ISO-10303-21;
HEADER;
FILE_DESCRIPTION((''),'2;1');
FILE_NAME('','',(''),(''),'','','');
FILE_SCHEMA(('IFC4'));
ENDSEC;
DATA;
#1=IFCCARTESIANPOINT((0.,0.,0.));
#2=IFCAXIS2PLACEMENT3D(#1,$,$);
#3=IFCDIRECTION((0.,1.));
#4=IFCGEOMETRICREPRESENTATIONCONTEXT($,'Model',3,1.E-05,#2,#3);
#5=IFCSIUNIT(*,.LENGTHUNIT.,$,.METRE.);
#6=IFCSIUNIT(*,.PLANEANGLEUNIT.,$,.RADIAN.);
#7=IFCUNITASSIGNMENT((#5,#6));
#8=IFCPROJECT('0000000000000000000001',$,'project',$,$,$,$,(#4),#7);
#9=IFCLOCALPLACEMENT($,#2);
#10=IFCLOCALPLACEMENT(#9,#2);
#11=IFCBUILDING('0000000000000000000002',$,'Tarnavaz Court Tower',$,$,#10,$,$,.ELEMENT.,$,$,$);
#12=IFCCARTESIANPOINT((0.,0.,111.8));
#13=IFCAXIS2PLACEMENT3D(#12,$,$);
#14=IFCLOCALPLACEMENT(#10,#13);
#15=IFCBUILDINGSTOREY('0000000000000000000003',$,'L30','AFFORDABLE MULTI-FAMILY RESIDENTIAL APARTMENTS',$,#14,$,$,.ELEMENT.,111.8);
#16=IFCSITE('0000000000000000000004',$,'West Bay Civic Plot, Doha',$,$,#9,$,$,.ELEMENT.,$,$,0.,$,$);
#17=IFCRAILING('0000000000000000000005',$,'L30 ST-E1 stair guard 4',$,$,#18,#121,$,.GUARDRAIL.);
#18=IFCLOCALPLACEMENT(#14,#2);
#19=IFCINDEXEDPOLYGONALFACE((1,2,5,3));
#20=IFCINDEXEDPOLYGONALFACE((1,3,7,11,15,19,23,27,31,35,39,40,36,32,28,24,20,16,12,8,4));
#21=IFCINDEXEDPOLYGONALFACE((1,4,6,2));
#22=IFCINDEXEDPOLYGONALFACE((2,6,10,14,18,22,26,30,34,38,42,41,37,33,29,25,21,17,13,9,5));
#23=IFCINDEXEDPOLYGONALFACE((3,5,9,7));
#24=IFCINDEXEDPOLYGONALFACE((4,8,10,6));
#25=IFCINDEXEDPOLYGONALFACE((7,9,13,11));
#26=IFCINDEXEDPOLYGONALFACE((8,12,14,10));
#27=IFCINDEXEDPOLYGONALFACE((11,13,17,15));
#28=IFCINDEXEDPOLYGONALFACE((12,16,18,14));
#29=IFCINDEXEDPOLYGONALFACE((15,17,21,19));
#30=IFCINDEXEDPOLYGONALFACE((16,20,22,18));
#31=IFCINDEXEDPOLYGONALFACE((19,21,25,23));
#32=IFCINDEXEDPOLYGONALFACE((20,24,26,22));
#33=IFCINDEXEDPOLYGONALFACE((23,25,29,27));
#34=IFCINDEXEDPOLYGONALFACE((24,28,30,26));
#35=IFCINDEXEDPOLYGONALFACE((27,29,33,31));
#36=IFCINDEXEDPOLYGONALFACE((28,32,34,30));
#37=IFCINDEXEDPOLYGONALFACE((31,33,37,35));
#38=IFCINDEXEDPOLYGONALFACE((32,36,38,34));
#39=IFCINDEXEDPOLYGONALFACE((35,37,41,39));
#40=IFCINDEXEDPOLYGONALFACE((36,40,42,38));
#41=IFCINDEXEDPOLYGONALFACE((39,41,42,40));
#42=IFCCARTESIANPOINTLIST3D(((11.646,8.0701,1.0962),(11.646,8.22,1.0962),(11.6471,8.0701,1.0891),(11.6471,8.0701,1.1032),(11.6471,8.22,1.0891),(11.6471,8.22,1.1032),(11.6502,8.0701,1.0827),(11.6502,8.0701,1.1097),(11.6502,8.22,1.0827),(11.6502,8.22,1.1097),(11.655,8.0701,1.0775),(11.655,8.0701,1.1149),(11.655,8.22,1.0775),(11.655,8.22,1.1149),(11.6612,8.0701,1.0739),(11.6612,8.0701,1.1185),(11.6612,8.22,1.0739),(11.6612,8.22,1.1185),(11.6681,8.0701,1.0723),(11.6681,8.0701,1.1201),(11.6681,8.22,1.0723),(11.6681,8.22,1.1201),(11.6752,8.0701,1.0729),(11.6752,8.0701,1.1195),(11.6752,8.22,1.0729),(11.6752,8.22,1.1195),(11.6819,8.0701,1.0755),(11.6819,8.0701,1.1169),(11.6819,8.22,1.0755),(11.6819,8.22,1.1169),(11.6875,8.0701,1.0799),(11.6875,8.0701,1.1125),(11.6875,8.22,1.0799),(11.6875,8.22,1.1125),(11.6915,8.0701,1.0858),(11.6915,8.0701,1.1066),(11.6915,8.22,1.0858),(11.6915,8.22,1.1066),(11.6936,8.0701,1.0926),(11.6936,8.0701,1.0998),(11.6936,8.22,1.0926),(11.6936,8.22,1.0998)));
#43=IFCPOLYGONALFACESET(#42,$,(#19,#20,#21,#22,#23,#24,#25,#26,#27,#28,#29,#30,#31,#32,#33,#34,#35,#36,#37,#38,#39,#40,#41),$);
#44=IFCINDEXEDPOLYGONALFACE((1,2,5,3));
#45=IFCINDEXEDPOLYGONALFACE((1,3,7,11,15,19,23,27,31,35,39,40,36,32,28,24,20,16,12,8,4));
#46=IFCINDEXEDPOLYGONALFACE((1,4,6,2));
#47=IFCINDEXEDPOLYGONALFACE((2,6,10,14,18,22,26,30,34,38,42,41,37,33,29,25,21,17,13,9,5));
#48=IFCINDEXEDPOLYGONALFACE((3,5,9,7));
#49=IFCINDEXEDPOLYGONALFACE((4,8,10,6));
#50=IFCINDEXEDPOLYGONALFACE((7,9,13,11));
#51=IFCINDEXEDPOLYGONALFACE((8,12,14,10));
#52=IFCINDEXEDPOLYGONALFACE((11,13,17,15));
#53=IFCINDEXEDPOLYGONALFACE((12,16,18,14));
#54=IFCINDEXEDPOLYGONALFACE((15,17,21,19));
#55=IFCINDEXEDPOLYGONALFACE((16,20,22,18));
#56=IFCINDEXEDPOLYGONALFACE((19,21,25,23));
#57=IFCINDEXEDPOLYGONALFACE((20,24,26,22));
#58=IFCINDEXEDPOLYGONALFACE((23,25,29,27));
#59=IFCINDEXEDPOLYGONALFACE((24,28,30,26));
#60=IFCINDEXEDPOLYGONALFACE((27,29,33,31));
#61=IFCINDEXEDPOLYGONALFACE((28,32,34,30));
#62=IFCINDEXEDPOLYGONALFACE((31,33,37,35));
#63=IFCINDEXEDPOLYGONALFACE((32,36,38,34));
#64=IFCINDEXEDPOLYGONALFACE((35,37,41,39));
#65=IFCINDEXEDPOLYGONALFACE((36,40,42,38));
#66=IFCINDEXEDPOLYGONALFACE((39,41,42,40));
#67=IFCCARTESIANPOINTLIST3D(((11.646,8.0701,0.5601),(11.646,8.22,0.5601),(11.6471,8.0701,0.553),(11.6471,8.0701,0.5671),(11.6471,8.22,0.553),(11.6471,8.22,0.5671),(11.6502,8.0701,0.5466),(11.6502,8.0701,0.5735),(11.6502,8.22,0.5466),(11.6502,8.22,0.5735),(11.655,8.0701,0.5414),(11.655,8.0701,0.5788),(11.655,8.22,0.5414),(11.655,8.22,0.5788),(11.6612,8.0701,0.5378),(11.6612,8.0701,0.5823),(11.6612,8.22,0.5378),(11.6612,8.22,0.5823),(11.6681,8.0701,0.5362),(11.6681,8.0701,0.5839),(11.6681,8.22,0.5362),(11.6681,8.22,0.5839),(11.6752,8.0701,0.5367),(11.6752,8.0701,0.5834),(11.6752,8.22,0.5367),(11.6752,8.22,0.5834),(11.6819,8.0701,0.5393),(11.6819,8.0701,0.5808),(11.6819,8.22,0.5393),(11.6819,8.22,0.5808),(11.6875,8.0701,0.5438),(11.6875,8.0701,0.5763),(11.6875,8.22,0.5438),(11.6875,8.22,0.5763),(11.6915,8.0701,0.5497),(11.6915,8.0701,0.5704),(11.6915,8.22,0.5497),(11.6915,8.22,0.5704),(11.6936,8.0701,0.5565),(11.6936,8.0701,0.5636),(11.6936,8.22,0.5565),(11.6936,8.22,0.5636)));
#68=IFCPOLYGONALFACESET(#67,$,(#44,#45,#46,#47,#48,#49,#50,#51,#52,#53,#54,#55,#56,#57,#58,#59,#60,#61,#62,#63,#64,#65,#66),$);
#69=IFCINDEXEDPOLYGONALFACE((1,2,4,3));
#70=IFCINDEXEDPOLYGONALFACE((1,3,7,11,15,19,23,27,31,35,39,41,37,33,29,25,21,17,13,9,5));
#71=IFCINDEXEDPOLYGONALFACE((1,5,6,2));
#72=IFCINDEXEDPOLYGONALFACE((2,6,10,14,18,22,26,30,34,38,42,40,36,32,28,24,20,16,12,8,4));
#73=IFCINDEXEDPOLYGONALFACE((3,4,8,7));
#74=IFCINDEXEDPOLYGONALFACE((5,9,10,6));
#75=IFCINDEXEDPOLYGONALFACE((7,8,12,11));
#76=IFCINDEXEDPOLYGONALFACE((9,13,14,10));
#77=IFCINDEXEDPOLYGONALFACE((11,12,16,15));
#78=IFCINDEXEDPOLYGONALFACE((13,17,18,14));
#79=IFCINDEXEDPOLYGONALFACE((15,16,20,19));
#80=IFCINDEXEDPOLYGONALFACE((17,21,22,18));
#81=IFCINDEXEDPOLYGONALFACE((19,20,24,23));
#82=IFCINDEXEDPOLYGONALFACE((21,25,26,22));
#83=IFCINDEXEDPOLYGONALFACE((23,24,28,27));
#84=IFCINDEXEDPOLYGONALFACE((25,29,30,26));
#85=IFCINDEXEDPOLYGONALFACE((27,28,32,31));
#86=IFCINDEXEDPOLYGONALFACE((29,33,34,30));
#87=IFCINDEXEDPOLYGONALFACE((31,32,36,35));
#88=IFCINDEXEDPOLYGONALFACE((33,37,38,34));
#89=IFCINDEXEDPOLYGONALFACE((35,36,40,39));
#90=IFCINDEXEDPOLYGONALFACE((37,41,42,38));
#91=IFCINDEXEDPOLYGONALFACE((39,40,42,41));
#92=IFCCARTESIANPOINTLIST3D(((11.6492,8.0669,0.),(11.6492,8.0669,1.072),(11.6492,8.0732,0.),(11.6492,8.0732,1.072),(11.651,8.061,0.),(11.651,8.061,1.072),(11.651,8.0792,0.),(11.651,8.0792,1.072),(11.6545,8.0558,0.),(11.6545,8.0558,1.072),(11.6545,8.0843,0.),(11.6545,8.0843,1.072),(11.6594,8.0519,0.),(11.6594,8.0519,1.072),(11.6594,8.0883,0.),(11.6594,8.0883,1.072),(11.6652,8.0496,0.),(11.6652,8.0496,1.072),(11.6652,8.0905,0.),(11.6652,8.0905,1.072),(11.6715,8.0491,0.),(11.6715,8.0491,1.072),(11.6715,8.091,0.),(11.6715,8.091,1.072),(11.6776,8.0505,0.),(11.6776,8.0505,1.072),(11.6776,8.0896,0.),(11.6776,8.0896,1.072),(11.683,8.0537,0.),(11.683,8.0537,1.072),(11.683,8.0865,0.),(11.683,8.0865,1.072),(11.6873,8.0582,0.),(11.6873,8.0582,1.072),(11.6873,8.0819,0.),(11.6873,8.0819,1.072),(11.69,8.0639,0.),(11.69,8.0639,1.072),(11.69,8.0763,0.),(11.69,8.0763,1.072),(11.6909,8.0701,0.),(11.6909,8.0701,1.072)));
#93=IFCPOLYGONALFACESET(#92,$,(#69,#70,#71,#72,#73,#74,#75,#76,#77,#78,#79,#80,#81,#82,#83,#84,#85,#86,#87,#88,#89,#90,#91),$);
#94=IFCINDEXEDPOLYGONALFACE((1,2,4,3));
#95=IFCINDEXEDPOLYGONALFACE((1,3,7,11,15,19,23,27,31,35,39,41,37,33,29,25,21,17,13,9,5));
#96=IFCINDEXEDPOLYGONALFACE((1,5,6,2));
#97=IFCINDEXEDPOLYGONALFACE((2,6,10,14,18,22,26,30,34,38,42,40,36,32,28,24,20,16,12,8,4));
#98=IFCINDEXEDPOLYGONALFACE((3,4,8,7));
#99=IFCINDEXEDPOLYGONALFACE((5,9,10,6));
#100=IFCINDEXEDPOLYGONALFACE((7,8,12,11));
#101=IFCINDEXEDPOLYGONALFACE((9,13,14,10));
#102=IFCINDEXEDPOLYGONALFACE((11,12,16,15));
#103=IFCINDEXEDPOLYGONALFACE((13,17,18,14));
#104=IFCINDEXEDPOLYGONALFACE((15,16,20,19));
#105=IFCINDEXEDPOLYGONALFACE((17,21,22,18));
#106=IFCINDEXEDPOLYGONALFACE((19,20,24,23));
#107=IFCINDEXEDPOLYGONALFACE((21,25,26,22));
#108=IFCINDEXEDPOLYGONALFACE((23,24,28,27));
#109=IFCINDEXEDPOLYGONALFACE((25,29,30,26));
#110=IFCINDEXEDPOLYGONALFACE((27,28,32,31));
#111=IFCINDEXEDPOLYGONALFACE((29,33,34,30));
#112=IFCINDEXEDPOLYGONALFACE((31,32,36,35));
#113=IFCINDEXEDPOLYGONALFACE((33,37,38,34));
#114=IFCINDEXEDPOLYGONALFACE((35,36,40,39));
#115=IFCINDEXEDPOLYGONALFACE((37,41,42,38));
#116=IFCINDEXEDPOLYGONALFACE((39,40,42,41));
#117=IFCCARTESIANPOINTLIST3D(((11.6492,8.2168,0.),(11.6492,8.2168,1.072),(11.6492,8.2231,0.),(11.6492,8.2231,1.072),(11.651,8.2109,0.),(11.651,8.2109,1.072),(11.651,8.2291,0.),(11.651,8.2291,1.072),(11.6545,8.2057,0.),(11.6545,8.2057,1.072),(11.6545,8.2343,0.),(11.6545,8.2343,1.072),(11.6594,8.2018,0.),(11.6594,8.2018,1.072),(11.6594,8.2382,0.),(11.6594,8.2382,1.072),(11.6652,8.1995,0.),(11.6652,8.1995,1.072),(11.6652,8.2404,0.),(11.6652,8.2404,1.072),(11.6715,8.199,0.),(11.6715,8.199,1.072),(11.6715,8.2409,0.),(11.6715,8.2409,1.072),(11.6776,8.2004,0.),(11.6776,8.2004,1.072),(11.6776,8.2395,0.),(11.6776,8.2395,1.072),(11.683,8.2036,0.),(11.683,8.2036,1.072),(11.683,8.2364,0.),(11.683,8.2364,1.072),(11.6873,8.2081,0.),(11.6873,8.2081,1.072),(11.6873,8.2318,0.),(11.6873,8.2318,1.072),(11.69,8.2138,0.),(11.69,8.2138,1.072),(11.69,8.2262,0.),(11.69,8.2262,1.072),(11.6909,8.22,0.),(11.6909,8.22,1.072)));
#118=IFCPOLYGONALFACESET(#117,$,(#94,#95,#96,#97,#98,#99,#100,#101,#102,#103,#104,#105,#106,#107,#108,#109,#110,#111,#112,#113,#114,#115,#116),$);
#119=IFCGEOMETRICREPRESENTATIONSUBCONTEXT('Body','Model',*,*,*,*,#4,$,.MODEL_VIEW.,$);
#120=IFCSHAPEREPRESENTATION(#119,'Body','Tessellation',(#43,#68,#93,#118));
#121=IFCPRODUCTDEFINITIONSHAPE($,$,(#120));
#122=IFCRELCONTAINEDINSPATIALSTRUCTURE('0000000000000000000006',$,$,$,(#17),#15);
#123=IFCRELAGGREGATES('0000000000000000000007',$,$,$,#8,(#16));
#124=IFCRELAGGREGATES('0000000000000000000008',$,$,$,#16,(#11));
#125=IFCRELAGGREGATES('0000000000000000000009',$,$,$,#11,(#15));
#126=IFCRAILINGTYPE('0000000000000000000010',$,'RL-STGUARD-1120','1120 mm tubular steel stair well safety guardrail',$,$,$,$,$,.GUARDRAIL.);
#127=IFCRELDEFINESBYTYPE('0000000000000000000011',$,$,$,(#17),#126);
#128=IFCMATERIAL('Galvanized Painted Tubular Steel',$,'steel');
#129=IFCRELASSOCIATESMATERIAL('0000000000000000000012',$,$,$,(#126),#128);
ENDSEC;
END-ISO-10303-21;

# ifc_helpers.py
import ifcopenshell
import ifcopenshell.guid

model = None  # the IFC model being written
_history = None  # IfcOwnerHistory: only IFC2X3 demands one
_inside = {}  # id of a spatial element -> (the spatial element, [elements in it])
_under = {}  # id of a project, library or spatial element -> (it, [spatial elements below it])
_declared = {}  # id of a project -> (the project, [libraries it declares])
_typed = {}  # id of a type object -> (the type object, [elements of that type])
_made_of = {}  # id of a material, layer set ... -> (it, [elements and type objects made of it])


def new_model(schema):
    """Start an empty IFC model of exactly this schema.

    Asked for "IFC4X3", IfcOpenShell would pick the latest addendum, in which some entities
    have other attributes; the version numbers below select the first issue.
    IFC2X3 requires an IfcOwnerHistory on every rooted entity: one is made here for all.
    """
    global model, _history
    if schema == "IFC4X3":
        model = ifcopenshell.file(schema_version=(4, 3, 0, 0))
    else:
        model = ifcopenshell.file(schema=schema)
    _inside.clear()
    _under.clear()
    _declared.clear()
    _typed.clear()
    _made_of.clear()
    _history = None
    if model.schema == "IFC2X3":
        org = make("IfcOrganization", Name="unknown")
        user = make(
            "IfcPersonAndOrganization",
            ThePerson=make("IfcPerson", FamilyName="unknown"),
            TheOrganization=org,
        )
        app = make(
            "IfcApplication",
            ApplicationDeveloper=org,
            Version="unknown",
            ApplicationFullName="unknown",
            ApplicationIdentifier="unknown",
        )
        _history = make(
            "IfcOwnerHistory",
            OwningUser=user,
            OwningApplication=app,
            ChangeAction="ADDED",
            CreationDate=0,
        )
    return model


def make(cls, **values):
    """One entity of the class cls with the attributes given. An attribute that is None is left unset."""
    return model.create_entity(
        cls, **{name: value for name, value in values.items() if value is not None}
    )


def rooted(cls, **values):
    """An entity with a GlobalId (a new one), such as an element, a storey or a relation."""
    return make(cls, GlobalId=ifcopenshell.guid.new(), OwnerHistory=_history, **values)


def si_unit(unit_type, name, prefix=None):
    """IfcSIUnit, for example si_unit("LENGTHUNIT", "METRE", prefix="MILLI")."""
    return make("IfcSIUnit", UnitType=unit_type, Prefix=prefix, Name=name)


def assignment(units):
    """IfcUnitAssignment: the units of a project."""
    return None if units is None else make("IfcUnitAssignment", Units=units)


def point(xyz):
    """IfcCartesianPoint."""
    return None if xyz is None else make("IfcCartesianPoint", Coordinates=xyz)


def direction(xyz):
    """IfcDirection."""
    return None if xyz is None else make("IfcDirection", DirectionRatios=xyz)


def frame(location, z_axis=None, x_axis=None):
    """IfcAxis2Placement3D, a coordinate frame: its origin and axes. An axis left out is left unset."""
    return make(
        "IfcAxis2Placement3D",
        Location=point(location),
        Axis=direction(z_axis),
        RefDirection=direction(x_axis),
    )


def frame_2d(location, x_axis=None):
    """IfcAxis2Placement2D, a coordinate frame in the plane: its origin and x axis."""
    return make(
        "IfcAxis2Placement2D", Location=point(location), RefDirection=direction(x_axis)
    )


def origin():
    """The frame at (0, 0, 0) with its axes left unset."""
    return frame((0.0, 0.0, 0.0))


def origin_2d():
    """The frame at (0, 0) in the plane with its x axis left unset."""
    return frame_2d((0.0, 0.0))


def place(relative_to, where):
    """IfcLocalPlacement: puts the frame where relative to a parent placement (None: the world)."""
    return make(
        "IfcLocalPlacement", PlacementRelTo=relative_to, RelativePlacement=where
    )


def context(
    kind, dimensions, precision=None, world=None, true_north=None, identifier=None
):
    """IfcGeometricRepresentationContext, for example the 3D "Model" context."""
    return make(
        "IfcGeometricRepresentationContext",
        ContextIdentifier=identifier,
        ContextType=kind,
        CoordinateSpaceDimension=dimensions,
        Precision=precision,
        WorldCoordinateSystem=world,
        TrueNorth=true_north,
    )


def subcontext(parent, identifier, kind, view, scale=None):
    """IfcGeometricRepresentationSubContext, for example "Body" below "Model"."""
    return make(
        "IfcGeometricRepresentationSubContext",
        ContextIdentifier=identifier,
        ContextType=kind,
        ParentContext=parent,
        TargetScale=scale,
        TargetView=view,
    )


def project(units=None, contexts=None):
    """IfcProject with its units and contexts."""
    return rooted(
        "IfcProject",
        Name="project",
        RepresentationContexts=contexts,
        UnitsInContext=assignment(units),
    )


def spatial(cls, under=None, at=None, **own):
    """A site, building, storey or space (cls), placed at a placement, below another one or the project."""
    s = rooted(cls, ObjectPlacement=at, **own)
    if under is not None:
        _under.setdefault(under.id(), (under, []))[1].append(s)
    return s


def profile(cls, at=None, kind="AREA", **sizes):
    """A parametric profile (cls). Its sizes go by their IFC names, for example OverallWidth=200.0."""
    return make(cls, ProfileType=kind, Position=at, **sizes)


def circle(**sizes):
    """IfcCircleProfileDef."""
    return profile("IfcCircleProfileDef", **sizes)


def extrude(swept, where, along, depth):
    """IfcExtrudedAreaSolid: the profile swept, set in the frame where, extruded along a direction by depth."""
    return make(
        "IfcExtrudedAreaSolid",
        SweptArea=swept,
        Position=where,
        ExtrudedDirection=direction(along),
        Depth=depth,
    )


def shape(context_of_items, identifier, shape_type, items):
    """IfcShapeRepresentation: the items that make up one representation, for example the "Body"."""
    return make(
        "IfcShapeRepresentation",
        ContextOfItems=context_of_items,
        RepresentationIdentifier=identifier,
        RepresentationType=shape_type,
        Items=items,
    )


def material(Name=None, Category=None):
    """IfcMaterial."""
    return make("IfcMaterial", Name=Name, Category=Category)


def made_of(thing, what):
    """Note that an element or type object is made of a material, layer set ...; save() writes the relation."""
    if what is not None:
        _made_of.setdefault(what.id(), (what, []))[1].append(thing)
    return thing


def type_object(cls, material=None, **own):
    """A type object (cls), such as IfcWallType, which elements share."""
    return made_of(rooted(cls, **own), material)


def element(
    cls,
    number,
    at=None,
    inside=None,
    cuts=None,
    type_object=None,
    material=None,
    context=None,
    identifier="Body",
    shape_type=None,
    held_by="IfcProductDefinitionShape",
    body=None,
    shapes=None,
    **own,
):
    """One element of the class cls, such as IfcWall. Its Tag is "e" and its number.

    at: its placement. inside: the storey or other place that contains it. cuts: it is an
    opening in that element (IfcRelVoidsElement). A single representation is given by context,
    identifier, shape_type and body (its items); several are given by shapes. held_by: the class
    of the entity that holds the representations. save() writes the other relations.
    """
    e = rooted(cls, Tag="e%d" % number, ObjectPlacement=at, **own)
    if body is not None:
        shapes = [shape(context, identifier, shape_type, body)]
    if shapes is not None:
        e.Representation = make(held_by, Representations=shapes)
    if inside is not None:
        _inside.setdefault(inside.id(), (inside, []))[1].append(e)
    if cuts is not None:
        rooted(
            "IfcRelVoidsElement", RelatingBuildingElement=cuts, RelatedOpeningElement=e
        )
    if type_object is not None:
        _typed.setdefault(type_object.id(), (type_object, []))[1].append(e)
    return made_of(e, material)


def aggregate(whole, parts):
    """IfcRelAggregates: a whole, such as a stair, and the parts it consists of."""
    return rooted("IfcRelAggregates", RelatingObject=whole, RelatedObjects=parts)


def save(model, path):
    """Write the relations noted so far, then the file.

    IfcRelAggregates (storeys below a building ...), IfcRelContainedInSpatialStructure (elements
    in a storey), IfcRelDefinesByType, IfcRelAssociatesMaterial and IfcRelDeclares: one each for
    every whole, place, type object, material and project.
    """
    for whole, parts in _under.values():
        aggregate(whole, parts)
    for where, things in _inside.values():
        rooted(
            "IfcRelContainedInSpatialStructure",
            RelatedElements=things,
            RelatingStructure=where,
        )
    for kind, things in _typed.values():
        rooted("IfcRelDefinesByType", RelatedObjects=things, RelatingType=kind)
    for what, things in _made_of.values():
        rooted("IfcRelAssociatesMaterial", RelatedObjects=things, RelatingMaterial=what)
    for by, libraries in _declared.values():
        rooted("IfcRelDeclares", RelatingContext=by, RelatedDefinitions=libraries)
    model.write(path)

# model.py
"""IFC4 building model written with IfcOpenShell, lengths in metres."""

from ifc_helpers import new_model, si_unit, direction, frame, origin, origin_2d, place, context, subcontext, project, spatial, circle, extrude, material, type_object, element, save


model = new_model("IFC4")

# Units and contexts
model_context = context("Model", 3, precision=1e-05, world=origin(), true_north=direction((0.0, 1.0)))
body_context = subcontext(model_context, "Body", "Model", "MODEL_VIEW")
ifc_project = project(units=[si_unit("LENGTHUNIT", "METRE"), si_unit("PLANEANGLEUNIT", "RADIAN")], contexts=[model_context])

# Site, building, storey
site_placement = place(None, origin())
site = spatial("IfcSite", under=ifc_project, at=site_placement, Name="West Bay Civic Plot, Doha", CompositionType="ELEMENT", RefElevation=0.0)
building_placement = place(site_placement, origin())
building = spatial("IfcBuilding", under=site, at=building_placement, Name="Tarnavaz Court Tower", CompositionType="ELEMENT")
storey_placement = place(building_placement, frame((0.0, 0.0, 111.8)))
storey = spatial("IfcBuildingStorey", under=building, at=storey_placement, Name="L30", Description="AFFORDABLE MULTI-FAMILY RESIDENTIAL APARTMENTS", CompositionType="ELEMENT", Elevation=111.8)

# Railing
ifc_material_1 = material(Name="Galvanized Painted Tubular Steel", Category="steel")
railing_type_1 = type_object("IfcRailingType", Name="RL-STGUARD-1120", Description="1120 mm tubular steel stair well safety guardrail", PredefinedType="GUARDRAIL", material=ifc_material_1)
railing_1_placement = place(storey_placement, frame((11.6699, 8.0701, 0.0)))
element("IfcRailing", 1, at=railing_1_placement, inside=storey, type_object=railing_type_1, Name="L30 ST-E1 stair guard 4", PredefinedType="GUARDRAIL", context=body_context, shape_type="SweptSolid", body=[
    extrude(circle(Radius=0.0239, at=origin_2d()), frame((0.0, 0.0, 1.0962), z_axis=(0.0, 1.0, 0.0), x_axis=(-1.0, 0.0, 0.0)), (0.0, 0.0, 1.0), 0.1499),
    extrude(circle(Radius=0.0239, at=origin_2d()), frame((0.0, 0.0, 0.5601), z_axis=(0.0, 1.0, 0.0), x_axis=(-1.0, 0.0, 0.0)), (0.0, 0.0, 1.0), 0.1499),
    extrude(circle(Radius=0.021, at=origin_2d()), origin(), (0.0, 0.0, 1.0), 1.072),
    extrude(circle(Radius=0.021, at=origin_2d()), frame((0.0, 0.1499, 0.0)), (0.0, 0.0, 1.0), 1.072),
])

save(model, "model.ifc")
